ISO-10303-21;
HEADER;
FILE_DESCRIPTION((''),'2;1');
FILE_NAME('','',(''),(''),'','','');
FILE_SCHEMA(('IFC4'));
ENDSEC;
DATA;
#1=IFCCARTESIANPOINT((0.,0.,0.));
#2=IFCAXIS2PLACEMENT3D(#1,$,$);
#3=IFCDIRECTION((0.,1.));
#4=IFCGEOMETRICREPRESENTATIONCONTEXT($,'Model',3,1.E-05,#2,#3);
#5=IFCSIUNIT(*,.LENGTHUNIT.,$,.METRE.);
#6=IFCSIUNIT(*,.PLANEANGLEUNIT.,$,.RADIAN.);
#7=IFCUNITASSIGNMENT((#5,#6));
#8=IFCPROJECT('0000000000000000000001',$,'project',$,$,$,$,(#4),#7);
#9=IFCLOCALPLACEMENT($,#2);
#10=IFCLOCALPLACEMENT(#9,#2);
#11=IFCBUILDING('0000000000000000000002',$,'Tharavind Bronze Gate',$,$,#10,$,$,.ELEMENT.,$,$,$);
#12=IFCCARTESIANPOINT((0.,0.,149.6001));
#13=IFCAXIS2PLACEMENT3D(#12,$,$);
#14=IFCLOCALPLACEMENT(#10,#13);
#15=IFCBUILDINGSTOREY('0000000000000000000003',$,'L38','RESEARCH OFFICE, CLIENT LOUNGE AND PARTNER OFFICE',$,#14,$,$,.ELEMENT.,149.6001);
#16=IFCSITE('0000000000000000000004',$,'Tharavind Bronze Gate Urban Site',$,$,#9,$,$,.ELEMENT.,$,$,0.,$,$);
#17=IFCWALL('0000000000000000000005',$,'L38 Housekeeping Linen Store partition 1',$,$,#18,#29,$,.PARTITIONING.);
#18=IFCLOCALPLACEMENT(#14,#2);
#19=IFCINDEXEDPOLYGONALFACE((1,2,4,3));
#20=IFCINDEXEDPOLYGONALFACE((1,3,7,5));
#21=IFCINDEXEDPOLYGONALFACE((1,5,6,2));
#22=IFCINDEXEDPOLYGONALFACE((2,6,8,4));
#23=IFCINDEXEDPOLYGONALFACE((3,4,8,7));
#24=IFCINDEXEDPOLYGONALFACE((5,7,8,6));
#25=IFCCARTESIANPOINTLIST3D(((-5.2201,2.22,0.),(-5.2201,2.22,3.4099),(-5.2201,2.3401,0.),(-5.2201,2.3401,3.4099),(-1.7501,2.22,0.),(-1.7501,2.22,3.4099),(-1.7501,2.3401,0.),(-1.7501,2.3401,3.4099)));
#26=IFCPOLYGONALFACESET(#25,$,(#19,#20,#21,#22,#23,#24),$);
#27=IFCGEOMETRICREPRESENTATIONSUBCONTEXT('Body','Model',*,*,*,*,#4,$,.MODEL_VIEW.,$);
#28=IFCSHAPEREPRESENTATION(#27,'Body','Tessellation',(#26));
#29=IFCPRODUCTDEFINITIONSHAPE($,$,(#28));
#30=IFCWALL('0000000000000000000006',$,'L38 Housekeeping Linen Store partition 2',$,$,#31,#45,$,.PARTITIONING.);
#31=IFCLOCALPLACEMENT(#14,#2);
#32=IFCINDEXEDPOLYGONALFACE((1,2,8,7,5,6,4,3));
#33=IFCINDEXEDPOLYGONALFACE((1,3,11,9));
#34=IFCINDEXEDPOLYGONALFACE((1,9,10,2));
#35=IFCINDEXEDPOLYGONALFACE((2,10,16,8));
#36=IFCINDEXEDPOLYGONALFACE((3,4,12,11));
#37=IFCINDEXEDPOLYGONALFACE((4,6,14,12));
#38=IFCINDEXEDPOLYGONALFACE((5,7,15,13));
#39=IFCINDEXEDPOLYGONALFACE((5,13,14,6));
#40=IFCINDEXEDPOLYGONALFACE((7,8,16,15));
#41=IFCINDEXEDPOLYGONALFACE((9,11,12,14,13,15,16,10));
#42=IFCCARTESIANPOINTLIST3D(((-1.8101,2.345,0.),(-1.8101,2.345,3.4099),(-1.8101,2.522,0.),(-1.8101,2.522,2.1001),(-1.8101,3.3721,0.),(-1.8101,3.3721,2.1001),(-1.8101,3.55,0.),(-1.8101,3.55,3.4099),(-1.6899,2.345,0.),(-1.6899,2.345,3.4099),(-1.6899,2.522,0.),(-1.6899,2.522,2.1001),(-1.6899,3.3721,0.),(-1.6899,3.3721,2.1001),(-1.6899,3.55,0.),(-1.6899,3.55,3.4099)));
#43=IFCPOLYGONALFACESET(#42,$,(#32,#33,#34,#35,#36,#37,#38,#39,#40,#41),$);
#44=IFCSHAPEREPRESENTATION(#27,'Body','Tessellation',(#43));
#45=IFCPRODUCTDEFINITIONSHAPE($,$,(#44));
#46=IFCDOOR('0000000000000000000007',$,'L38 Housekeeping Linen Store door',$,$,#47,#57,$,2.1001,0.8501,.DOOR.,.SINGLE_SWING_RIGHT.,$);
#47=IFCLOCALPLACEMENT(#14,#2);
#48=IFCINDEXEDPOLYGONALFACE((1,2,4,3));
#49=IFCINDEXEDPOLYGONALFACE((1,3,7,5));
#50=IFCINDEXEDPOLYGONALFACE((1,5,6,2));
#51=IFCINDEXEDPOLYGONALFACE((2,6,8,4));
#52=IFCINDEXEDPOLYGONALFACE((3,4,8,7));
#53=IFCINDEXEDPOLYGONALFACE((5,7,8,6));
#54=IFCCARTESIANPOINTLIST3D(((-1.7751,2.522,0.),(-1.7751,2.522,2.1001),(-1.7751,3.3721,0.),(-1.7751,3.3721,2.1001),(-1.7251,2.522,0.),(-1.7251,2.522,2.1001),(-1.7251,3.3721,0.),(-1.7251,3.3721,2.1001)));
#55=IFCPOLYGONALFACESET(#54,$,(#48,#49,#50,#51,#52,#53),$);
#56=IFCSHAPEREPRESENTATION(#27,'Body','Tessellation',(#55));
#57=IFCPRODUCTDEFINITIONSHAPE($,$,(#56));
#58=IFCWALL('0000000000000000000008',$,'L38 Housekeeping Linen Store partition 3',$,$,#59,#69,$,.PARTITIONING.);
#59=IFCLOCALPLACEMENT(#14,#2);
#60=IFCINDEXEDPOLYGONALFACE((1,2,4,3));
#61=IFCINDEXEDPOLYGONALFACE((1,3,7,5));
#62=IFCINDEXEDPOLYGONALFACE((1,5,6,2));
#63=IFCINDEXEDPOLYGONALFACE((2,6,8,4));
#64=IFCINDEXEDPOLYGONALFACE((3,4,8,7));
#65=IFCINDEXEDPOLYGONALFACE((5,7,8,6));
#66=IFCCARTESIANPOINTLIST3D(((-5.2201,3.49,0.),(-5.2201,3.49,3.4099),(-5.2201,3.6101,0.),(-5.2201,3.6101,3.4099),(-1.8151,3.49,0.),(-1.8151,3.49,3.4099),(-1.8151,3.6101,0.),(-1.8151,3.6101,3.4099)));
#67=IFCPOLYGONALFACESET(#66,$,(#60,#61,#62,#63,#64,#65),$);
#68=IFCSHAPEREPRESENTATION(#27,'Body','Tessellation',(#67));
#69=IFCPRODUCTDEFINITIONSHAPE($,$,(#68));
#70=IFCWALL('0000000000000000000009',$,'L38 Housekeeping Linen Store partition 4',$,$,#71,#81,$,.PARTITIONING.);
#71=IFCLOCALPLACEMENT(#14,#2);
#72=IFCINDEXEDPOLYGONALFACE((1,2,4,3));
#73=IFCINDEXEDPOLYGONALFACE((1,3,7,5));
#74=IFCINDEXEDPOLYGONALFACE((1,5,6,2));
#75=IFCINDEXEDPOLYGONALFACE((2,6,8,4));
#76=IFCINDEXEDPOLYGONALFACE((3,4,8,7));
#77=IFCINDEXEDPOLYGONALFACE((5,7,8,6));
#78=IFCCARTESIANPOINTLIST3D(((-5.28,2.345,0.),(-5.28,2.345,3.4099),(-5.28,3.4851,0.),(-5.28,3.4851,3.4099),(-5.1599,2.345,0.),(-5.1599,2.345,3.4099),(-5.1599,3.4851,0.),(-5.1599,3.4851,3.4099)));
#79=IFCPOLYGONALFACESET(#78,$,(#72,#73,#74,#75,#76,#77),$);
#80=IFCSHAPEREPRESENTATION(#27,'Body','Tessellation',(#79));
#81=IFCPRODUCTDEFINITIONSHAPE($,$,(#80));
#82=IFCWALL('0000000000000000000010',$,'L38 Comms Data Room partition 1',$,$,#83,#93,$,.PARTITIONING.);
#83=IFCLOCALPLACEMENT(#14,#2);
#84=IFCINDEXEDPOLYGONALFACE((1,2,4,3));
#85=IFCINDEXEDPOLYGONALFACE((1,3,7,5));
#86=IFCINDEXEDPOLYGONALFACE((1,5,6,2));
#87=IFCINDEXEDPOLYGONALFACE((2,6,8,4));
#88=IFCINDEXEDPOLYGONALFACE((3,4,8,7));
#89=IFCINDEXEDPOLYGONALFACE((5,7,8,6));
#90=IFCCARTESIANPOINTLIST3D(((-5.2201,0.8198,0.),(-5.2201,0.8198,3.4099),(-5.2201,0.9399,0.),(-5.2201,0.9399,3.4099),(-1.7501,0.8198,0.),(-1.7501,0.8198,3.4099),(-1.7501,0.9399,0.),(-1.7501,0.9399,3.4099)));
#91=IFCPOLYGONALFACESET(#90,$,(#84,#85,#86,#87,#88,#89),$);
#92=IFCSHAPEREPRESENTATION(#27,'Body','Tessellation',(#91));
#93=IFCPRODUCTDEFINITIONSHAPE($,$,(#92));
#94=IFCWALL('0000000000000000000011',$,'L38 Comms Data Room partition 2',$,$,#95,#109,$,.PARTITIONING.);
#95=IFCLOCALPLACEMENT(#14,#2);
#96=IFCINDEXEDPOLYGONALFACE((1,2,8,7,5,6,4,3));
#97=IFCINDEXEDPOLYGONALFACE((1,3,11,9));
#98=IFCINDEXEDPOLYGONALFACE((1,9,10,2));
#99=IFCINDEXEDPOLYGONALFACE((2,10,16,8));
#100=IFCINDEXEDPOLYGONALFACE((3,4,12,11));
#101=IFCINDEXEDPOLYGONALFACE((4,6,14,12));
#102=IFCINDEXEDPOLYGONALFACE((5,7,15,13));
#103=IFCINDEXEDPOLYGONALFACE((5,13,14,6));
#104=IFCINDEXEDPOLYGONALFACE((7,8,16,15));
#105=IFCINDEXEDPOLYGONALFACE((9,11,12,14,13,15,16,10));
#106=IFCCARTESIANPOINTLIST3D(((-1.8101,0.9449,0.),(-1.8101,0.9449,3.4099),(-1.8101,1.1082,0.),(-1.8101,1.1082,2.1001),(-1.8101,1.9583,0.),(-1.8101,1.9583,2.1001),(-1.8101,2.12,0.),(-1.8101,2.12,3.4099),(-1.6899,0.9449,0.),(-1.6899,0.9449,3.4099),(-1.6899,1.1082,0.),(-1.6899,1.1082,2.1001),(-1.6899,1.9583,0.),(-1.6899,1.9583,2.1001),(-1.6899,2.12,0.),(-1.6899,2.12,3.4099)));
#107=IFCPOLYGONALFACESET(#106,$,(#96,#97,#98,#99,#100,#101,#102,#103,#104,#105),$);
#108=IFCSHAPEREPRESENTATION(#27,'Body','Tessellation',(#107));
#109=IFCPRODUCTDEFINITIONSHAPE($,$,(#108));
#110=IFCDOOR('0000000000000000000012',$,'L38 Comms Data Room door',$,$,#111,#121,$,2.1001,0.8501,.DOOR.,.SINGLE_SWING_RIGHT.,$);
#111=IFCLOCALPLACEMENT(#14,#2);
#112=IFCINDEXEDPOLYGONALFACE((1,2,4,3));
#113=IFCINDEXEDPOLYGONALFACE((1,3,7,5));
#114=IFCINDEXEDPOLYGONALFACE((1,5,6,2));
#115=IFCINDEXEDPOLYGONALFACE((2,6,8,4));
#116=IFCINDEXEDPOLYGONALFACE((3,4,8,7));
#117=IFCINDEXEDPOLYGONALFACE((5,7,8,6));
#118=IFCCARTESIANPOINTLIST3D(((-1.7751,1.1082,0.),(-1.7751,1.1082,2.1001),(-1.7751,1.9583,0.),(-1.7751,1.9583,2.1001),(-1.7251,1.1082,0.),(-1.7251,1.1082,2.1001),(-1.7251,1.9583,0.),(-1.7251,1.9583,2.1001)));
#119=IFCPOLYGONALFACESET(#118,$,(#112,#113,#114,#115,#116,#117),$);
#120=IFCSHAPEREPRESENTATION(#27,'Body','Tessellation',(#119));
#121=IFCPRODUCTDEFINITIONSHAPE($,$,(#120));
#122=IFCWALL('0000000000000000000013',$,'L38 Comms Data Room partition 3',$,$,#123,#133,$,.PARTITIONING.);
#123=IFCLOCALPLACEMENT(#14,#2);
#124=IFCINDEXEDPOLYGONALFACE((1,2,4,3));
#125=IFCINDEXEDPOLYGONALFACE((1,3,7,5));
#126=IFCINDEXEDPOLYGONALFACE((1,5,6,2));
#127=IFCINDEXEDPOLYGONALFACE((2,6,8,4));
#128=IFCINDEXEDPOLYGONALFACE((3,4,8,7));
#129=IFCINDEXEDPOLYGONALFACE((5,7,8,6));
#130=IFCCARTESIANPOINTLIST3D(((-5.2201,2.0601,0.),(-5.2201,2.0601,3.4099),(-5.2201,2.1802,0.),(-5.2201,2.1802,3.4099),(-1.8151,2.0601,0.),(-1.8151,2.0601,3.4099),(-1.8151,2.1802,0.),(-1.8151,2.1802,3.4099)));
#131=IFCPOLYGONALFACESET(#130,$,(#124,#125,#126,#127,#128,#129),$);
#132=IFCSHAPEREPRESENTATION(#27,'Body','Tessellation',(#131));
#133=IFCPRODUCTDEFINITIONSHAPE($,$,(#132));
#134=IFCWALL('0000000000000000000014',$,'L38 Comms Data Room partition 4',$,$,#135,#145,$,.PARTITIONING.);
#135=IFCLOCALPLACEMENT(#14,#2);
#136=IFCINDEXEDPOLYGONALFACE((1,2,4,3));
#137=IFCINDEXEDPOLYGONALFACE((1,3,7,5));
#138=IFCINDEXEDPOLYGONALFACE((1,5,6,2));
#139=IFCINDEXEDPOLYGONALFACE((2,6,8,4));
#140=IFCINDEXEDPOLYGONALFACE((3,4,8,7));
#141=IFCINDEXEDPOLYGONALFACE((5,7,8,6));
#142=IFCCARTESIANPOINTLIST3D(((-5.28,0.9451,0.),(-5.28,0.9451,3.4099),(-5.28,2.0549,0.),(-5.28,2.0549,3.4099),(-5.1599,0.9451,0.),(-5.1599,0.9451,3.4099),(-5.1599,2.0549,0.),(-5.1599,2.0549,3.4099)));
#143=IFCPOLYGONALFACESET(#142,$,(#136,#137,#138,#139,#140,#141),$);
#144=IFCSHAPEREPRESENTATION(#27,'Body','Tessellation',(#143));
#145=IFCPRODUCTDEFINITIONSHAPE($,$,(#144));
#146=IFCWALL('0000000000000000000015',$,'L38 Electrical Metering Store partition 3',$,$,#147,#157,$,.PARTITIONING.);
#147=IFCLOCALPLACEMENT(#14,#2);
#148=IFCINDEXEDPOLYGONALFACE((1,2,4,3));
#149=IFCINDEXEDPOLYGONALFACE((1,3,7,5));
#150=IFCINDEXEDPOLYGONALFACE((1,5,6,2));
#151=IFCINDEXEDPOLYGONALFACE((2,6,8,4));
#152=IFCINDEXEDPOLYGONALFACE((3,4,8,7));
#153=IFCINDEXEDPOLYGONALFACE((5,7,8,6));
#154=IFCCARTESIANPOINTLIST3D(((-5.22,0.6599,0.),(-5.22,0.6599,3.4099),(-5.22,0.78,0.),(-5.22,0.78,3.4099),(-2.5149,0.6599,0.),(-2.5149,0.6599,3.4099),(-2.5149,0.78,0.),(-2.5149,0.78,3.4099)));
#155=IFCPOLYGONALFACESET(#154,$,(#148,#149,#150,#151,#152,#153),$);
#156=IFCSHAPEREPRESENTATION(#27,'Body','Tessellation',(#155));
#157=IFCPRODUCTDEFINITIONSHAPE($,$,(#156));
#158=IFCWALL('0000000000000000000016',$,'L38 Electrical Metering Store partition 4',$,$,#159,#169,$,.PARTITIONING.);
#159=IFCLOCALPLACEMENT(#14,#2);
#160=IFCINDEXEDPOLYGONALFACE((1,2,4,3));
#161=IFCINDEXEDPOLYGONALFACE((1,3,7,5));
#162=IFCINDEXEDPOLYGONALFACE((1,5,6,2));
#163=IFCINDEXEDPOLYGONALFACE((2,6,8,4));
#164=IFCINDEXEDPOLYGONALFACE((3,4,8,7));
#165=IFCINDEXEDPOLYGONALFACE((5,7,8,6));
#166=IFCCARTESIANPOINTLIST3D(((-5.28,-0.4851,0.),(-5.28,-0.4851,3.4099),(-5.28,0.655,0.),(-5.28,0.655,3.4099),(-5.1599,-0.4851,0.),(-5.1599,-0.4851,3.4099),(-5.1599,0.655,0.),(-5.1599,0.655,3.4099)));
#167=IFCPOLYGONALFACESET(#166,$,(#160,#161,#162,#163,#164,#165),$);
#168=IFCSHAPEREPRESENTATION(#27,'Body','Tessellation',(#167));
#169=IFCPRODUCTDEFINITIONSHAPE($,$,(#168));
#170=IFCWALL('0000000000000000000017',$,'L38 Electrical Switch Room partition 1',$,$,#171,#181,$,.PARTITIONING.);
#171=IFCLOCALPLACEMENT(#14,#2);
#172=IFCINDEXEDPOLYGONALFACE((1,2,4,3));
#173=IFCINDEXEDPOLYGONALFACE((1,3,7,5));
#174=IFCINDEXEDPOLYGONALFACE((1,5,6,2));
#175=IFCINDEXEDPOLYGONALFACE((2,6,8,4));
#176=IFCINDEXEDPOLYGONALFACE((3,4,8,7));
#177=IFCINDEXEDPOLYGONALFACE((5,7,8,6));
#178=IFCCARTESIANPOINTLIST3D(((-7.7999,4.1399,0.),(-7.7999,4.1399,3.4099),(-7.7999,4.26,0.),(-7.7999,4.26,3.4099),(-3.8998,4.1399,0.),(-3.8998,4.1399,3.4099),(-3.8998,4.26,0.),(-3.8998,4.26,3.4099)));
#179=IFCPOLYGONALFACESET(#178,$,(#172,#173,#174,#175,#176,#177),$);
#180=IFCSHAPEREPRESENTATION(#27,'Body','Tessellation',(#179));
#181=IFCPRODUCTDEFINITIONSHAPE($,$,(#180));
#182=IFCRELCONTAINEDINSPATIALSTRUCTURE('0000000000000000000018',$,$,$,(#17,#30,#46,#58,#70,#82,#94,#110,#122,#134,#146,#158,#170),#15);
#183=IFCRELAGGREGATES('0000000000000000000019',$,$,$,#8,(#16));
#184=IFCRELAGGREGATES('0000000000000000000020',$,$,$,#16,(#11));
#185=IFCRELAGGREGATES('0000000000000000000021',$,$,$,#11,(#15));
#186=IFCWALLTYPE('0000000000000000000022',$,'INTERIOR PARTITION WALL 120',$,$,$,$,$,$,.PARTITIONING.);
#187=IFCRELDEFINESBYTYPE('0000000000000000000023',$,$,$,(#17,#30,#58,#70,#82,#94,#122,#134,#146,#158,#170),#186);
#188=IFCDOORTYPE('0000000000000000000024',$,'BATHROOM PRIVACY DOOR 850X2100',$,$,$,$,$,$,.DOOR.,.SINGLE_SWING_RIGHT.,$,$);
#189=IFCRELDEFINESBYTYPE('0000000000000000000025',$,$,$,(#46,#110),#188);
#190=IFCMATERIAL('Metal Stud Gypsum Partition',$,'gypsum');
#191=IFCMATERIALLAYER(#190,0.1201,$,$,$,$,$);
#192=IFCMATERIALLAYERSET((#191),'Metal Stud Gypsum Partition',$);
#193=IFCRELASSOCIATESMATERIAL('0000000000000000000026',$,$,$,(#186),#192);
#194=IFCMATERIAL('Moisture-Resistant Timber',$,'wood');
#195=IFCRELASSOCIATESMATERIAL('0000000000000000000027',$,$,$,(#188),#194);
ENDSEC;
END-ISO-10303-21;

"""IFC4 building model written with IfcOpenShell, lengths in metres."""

from ifc_helpers import new_model, si_unit, direction, frame, frame_2d, origin, place, context, subcontext, project, spatial, rectangle, extrude, material, layer, layer_set, type_object, element, fill, save


model = new_model("IFC4")

# Units and contexts
model_context = context("Model", 3, precision=1e-05, world=origin(), true_north=direction((0.0, 1.0)))
body_context = subcontext(model_context, "Body", "Model", "MODEL_VIEW")
ifc_project = project(units=[si_unit("LENGTHUNIT", "METRE"), si_unit("PLANEANGLEUNIT", "RADIAN")], contexts=[model_context])

# Site, building, storey
site_placement = place(None, origin())
site = spatial("IfcSite", under=ifc_project, at=site_placement, Name="Tharavind Bronze Gate Urban Site", CompositionType="ELEMENT", RefElevation=0.0)
building_placement = place(site_placement, origin())
building = spatial("IfcBuilding", under=site, at=building_placement, Name="Tharavind Bronze Gate", CompositionType="ELEMENT")
storey_placement = place(building_placement, frame((0.0, 0.0, 149.6001)))
storey = spatial("IfcBuildingStorey", under=building, at=storey_placement, Name="L38", Description="RESEARCH OFFICE, CLIENT LOUNGE AND PARTNER OFFICE", CompositionType="ELEMENT", Elevation=149.6001)

# Wall
ifc_material_1 = material(Name="Metal Stud Gypsum Partition", Category="gypsum")
ifc_layer_1 = layer(ifc_material_1, 0.1201)
ifc_layer_set_1 = layer_set([ifc_layer_1], Name="Metal Stud Gypsum Partition")
wall_type_1 = type_object("IfcWallType", Name="INTERIOR PARTITION WALL 120", PredefinedType="PARTITIONING", material=ifc_layer_set_1)
wall_1_placement = place(storey_placement, frame((-5.22, 2.28, 0.0), z_axis=(0.0, 0.0, 1.0), x_axis=(1.0, 0.0, 0.0)))
element("IfcWall", 1, at=wall_1_placement, inside=storey, type_object=wall_type_1, Name="L38 Housekeeping Linen Store partition 1", PredefinedType="PARTITIONING", context=body_context, shape_type="SweptSolid", body=[
    extrude(rectangle(XDim=3.47, YDim=0.1201, at=frame_2d((1.7349, 0.0))), origin(), (0.0, 0.0, 1.0), 3.4099),
])

# Wall, opening, door
wall_2_placement = place(storey_placement, frame((-1.75, 2.345, 0.0), z_axis=(0.0, 0.0, 1.0), x_axis=(0.0, 1.0, 0.0)))
wall_2 = element("IfcWall", 2, at=wall_2_placement, inside=storey, type_object=wall_type_1, Name="L38 Housekeeping Linen Store partition 2", PredefinedType="PARTITIONING", context=body_context, shape_type="SweptSolid", body=[
    extrude(rectangle(XDim=1.2051, YDim=0.1201, at=frame_2d((0.6025, 0.0))), origin(), (0.0, 0.0, 1.0), 3.4099),
])
opening_1_placement = place(wall_2_placement, frame((0.177, 0.0, 0.0)))
opening_1 = element("IfcOpeningElement", 3, at=opening_1_placement, cuts=wall_2, PredefinedType="OPENING", context=body_context, shape_type="SweptSolid", body=[
    extrude(rectangle(XDim=0.8501, YDim=2.1001, at=frame_2d((0.425, 1.05))), frame((0.0, 0.0701, 0.0), z_axis=(0.0, -1.0, 0.0), x_axis=(1.0, 0.0, 0.0)), (0.0, 0.0, 1.0), 0.1401),
])
ifc_material_2 = material(Name="Moisture-Resistant Timber", Category="wood")
door_type_1 = type_object("IfcDoorType", Name="BATHROOM PRIVACY DOOR 850X2100", OperationType="SINGLE_SWING_RIGHT", PredefinedType="DOOR", material=ifc_material_2)
door_1_placement = place(opening_1_placement, frame((0.8501, 0.0, 0.0), z_axis=(0.0, 0.0, 1.0), x_axis=(-1.0, 0.0, 0.0)))
door_1 = element("IfcDoor", 4, at=door_1_placement, inside=storey, type_object=door_type_1, Name="L38 Housekeeping Linen Store door", OperationType="SINGLE_SWING_RIGHT", OverallHeight=2.1001, OverallWidth=0.8501, PredefinedType="DOOR", context=body_context, shape_type="SweptSolid", body=[
    extrude(rectangle(XDim=0.8501, YDim=2.1001, at=frame_2d((0.425, 1.05))), frame((0.0, 0.0249, 0.0), z_axis=(0.0, -1.0, 0.0), x_axis=(1.0, 0.0, 0.0)), (0.0, 0.0, 1.0), 0.05),
])
fill(opening_1, door_1)

# Walls
wall_3_placement = place(storey_placement, frame((-1.8149, 3.55, 0.0), z_axis=(0.0, 0.0, 1.0), x_axis=(-1.0, 0.0, 0.0)))
element("IfcWall", 5, at=wall_3_placement, inside=storey, type_object=wall_type_1, Name="L38 Housekeeping Linen Store partition 3", PredefinedType="PARTITIONING", context=body_context, shape_type="SweptSolid", body=[
    extrude(rectangle(XDim=3.405, YDim=0.1201, at=frame_2d((1.7026, 0.0))), origin(), (0.0, 0.0, 1.0), 3.4099),
])
wall_4_placement = place(storey_placement, frame((-5.22, 3.4851, 0.0), z_axis=(0.0, 0.0, 1.0), x_axis=(0.0, -1.0, 0.0)))
element("IfcWall", 6, at=wall_4_placement, inside=storey, type_object=wall_type_1, Name="L38 Housekeeping Linen Store partition 4", PredefinedType="PARTITIONING", context=body_context, shape_type="SweptSolid", body=[
    extrude(rectangle(XDim=1.1401, YDim=0.1201, at=frame_2d((0.5701, 0.0))), origin(), (0.0, 0.0, 1.0), 3.4099),
])
wall_5_placement = place(storey_placement, frame((-5.22, 0.8799, 0.0), z_axis=(0.0, 0.0, 1.0), x_axis=(1.0, 0.0, 0.0)))
element("IfcWall", 7, at=wall_5_placement, inside=storey, type_object=wall_type_1, Name="L38 Comms Data Room partition 1", PredefinedType="PARTITIONING", context=body_context, shape_type="SweptSolid", body=[
    extrude(rectangle(XDim=3.47, YDim=0.1201, at=frame_2d((1.7349, 0.0))), origin(), (0.0, 0.0, 1.0), 3.4099),
])

# Wall, opening, door
wall_6_placement = place(storey_placement, frame((-1.75, 0.9451, 0.0), z_axis=(0.0, 0.0, 1.0), x_axis=(0.0, 1.0, 0.0)))
wall_6 = element("IfcWall", 8, at=wall_6_placement, inside=storey, type_object=wall_type_1, Name="L38 Comms Data Room partition 2", PredefinedType="PARTITIONING", context=body_context, shape_type="SweptSolid", body=[
    extrude(rectangle(XDim=1.175, YDim=0.1201, at=frame_2d((0.5874, 0.0))), origin(), (0.0, 0.0, 1.0), 3.4099),
])
opening_2_placement = place(wall_6_placement, frame((0.1631, 0.0, 0.0)))
opening_2 = element("IfcOpeningElement", 9, at=opening_2_placement, cuts=wall_6, PredefinedType="OPENING", context=body_context, shape_type="SweptSolid", body=[
    extrude(rectangle(XDim=0.8501, YDim=2.1001, at=frame_2d((0.425, 1.05))), frame((0.0, 0.0701, 0.0), z_axis=(0.0, -1.0, 0.0), x_axis=(1.0, 0.0, 0.0)), (0.0, 0.0, 1.0), 0.1401),
])
door_2_placement = place(opening_2_placement, frame((0.8501, 0.0, 0.0), z_axis=(0.0, 0.0, 1.0), x_axis=(-1.0, 0.0, 0.0)))
door_2 = element("IfcDoor", 10, at=door_2_placement, inside=storey, type_object=door_type_1, Name="L38 Comms Data Room door", OperationType="SINGLE_SWING_RIGHT", OverallHeight=2.1001, OverallWidth=0.8501, PredefinedType="DOOR", context=body_context, shape_type="SweptSolid", body=[
    extrude(rectangle(XDim=0.8501, YDim=2.1001, at=frame_2d((0.425, 1.05))), frame((0.0, 0.0249, 0.0), z_axis=(0.0, -1.0, 0.0), x_axis=(1.0, 0.0, 0.0)), (0.0, 0.0, 1.0), 0.05),
])
fill(opening_2, door_2)

# Walls
wall_7_placement = place(storey_placement, frame((-1.8149, 2.1201, 0.0), z_axis=(0.0, 0.0, 1.0), x_axis=(-1.0, 0.0, 0.0)))
element("IfcWall", 11, at=wall_7_placement, inside=storey, type_object=wall_type_1, Name="L38 Comms Data Room partition 3", PredefinedType="PARTITIONING", context=body_context, shape_type="SweptSolid", body=[
    extrude(rectangle(XDim=3.405, YDim=0.1201, at=frame_2d((1.7026, 0.0))), origin(), (0.0, 0.0, 1.0), 3.4099),
])
wall_8_placement = place(storey_placement, frame((-5.22, 2.0549, 0.0), z_axis=(0.0, 0.0, 1.0), x_axis=(0.0, -1.0, 0.0)))
element("IfcWall", 12, at=wall_8_placement, inside=storey, type_object=wall_type_1, Name="L38 Comms Data Room partition 4", PredefinedType="PARTITIONING", context=body_context, shape_type="SweptSolid", body=[
    extrude(rectangle(XDim=1.1099, YDim=0.1201, at=frame_2d((0.5549, 0.0))), origin(), (0.0, 0.0, 1.0), 3.4099),
])
wall_9_placement = place(storey_placement, frame((-2.5149, 0.72, 0.0), z_axis=(0.0, 0.0, 1.0), x_axis=(-1.0, 0.0, 0.0)))
element("IfcWall", 13, at=wall_9_placement, inside=storey, type_object=wall_type_1, Name="L38 Electrical Metering Store partition 3", PredefinedType="PARTITIONING", context=body_context, shape_type="SweptSolid", body=[
    extrude(rectangle(XDim=2.7051, YDim=0.1201, at=frame_2d((1.3525, 0.0))), origin(), (0.0, 0.0, 1.0), 3.4099),
])
wall_10_placement = place(storey_placement, frame((-5.22, 0.655, 0.0), z_axis=(0.0, 0.0, 1.0), x_axis=(0.0, -1.0, 0.0)))
element("IfcWall", 14, at=wall_10_placement, inside=storey, type_object=wall_type_1, Name="L38 Electrical Metering Store partition 4", PredefinedType="PARTITIONING", context=body_context, shape_type="SweptSolid", body=[
    extrude(rectangle(XDim=1.1401, YDim=0.1201, at=frame_2d((0.5701, 0.0))), origin(), (0.0, 0.0, 1.0), 3.4099),
])
wall_11_placement = place(storey_placement, frame((-7.8, 4.2, 0.0), z_axis=(0.0, 0.0, 1.0), x_axis=(1.0, 0.0, 0.0)))
element("IfcWall", 15, at=wall_11_placement, inside=storey, type_object=wall_type_1, Name="L38 Electrical Switch Room partition 1", PredefinedType="PARTITIONING", context=body_context, shape_type="SweptSolid", body=[
    extrude(rectangle(XDim=3.9001, YDim=0.1201, at=frame_2d((1.9502, 0.0))), origin(), (0.0, 0.0, 1.0), 3.4099),
])

save(model, "model.ifc")
